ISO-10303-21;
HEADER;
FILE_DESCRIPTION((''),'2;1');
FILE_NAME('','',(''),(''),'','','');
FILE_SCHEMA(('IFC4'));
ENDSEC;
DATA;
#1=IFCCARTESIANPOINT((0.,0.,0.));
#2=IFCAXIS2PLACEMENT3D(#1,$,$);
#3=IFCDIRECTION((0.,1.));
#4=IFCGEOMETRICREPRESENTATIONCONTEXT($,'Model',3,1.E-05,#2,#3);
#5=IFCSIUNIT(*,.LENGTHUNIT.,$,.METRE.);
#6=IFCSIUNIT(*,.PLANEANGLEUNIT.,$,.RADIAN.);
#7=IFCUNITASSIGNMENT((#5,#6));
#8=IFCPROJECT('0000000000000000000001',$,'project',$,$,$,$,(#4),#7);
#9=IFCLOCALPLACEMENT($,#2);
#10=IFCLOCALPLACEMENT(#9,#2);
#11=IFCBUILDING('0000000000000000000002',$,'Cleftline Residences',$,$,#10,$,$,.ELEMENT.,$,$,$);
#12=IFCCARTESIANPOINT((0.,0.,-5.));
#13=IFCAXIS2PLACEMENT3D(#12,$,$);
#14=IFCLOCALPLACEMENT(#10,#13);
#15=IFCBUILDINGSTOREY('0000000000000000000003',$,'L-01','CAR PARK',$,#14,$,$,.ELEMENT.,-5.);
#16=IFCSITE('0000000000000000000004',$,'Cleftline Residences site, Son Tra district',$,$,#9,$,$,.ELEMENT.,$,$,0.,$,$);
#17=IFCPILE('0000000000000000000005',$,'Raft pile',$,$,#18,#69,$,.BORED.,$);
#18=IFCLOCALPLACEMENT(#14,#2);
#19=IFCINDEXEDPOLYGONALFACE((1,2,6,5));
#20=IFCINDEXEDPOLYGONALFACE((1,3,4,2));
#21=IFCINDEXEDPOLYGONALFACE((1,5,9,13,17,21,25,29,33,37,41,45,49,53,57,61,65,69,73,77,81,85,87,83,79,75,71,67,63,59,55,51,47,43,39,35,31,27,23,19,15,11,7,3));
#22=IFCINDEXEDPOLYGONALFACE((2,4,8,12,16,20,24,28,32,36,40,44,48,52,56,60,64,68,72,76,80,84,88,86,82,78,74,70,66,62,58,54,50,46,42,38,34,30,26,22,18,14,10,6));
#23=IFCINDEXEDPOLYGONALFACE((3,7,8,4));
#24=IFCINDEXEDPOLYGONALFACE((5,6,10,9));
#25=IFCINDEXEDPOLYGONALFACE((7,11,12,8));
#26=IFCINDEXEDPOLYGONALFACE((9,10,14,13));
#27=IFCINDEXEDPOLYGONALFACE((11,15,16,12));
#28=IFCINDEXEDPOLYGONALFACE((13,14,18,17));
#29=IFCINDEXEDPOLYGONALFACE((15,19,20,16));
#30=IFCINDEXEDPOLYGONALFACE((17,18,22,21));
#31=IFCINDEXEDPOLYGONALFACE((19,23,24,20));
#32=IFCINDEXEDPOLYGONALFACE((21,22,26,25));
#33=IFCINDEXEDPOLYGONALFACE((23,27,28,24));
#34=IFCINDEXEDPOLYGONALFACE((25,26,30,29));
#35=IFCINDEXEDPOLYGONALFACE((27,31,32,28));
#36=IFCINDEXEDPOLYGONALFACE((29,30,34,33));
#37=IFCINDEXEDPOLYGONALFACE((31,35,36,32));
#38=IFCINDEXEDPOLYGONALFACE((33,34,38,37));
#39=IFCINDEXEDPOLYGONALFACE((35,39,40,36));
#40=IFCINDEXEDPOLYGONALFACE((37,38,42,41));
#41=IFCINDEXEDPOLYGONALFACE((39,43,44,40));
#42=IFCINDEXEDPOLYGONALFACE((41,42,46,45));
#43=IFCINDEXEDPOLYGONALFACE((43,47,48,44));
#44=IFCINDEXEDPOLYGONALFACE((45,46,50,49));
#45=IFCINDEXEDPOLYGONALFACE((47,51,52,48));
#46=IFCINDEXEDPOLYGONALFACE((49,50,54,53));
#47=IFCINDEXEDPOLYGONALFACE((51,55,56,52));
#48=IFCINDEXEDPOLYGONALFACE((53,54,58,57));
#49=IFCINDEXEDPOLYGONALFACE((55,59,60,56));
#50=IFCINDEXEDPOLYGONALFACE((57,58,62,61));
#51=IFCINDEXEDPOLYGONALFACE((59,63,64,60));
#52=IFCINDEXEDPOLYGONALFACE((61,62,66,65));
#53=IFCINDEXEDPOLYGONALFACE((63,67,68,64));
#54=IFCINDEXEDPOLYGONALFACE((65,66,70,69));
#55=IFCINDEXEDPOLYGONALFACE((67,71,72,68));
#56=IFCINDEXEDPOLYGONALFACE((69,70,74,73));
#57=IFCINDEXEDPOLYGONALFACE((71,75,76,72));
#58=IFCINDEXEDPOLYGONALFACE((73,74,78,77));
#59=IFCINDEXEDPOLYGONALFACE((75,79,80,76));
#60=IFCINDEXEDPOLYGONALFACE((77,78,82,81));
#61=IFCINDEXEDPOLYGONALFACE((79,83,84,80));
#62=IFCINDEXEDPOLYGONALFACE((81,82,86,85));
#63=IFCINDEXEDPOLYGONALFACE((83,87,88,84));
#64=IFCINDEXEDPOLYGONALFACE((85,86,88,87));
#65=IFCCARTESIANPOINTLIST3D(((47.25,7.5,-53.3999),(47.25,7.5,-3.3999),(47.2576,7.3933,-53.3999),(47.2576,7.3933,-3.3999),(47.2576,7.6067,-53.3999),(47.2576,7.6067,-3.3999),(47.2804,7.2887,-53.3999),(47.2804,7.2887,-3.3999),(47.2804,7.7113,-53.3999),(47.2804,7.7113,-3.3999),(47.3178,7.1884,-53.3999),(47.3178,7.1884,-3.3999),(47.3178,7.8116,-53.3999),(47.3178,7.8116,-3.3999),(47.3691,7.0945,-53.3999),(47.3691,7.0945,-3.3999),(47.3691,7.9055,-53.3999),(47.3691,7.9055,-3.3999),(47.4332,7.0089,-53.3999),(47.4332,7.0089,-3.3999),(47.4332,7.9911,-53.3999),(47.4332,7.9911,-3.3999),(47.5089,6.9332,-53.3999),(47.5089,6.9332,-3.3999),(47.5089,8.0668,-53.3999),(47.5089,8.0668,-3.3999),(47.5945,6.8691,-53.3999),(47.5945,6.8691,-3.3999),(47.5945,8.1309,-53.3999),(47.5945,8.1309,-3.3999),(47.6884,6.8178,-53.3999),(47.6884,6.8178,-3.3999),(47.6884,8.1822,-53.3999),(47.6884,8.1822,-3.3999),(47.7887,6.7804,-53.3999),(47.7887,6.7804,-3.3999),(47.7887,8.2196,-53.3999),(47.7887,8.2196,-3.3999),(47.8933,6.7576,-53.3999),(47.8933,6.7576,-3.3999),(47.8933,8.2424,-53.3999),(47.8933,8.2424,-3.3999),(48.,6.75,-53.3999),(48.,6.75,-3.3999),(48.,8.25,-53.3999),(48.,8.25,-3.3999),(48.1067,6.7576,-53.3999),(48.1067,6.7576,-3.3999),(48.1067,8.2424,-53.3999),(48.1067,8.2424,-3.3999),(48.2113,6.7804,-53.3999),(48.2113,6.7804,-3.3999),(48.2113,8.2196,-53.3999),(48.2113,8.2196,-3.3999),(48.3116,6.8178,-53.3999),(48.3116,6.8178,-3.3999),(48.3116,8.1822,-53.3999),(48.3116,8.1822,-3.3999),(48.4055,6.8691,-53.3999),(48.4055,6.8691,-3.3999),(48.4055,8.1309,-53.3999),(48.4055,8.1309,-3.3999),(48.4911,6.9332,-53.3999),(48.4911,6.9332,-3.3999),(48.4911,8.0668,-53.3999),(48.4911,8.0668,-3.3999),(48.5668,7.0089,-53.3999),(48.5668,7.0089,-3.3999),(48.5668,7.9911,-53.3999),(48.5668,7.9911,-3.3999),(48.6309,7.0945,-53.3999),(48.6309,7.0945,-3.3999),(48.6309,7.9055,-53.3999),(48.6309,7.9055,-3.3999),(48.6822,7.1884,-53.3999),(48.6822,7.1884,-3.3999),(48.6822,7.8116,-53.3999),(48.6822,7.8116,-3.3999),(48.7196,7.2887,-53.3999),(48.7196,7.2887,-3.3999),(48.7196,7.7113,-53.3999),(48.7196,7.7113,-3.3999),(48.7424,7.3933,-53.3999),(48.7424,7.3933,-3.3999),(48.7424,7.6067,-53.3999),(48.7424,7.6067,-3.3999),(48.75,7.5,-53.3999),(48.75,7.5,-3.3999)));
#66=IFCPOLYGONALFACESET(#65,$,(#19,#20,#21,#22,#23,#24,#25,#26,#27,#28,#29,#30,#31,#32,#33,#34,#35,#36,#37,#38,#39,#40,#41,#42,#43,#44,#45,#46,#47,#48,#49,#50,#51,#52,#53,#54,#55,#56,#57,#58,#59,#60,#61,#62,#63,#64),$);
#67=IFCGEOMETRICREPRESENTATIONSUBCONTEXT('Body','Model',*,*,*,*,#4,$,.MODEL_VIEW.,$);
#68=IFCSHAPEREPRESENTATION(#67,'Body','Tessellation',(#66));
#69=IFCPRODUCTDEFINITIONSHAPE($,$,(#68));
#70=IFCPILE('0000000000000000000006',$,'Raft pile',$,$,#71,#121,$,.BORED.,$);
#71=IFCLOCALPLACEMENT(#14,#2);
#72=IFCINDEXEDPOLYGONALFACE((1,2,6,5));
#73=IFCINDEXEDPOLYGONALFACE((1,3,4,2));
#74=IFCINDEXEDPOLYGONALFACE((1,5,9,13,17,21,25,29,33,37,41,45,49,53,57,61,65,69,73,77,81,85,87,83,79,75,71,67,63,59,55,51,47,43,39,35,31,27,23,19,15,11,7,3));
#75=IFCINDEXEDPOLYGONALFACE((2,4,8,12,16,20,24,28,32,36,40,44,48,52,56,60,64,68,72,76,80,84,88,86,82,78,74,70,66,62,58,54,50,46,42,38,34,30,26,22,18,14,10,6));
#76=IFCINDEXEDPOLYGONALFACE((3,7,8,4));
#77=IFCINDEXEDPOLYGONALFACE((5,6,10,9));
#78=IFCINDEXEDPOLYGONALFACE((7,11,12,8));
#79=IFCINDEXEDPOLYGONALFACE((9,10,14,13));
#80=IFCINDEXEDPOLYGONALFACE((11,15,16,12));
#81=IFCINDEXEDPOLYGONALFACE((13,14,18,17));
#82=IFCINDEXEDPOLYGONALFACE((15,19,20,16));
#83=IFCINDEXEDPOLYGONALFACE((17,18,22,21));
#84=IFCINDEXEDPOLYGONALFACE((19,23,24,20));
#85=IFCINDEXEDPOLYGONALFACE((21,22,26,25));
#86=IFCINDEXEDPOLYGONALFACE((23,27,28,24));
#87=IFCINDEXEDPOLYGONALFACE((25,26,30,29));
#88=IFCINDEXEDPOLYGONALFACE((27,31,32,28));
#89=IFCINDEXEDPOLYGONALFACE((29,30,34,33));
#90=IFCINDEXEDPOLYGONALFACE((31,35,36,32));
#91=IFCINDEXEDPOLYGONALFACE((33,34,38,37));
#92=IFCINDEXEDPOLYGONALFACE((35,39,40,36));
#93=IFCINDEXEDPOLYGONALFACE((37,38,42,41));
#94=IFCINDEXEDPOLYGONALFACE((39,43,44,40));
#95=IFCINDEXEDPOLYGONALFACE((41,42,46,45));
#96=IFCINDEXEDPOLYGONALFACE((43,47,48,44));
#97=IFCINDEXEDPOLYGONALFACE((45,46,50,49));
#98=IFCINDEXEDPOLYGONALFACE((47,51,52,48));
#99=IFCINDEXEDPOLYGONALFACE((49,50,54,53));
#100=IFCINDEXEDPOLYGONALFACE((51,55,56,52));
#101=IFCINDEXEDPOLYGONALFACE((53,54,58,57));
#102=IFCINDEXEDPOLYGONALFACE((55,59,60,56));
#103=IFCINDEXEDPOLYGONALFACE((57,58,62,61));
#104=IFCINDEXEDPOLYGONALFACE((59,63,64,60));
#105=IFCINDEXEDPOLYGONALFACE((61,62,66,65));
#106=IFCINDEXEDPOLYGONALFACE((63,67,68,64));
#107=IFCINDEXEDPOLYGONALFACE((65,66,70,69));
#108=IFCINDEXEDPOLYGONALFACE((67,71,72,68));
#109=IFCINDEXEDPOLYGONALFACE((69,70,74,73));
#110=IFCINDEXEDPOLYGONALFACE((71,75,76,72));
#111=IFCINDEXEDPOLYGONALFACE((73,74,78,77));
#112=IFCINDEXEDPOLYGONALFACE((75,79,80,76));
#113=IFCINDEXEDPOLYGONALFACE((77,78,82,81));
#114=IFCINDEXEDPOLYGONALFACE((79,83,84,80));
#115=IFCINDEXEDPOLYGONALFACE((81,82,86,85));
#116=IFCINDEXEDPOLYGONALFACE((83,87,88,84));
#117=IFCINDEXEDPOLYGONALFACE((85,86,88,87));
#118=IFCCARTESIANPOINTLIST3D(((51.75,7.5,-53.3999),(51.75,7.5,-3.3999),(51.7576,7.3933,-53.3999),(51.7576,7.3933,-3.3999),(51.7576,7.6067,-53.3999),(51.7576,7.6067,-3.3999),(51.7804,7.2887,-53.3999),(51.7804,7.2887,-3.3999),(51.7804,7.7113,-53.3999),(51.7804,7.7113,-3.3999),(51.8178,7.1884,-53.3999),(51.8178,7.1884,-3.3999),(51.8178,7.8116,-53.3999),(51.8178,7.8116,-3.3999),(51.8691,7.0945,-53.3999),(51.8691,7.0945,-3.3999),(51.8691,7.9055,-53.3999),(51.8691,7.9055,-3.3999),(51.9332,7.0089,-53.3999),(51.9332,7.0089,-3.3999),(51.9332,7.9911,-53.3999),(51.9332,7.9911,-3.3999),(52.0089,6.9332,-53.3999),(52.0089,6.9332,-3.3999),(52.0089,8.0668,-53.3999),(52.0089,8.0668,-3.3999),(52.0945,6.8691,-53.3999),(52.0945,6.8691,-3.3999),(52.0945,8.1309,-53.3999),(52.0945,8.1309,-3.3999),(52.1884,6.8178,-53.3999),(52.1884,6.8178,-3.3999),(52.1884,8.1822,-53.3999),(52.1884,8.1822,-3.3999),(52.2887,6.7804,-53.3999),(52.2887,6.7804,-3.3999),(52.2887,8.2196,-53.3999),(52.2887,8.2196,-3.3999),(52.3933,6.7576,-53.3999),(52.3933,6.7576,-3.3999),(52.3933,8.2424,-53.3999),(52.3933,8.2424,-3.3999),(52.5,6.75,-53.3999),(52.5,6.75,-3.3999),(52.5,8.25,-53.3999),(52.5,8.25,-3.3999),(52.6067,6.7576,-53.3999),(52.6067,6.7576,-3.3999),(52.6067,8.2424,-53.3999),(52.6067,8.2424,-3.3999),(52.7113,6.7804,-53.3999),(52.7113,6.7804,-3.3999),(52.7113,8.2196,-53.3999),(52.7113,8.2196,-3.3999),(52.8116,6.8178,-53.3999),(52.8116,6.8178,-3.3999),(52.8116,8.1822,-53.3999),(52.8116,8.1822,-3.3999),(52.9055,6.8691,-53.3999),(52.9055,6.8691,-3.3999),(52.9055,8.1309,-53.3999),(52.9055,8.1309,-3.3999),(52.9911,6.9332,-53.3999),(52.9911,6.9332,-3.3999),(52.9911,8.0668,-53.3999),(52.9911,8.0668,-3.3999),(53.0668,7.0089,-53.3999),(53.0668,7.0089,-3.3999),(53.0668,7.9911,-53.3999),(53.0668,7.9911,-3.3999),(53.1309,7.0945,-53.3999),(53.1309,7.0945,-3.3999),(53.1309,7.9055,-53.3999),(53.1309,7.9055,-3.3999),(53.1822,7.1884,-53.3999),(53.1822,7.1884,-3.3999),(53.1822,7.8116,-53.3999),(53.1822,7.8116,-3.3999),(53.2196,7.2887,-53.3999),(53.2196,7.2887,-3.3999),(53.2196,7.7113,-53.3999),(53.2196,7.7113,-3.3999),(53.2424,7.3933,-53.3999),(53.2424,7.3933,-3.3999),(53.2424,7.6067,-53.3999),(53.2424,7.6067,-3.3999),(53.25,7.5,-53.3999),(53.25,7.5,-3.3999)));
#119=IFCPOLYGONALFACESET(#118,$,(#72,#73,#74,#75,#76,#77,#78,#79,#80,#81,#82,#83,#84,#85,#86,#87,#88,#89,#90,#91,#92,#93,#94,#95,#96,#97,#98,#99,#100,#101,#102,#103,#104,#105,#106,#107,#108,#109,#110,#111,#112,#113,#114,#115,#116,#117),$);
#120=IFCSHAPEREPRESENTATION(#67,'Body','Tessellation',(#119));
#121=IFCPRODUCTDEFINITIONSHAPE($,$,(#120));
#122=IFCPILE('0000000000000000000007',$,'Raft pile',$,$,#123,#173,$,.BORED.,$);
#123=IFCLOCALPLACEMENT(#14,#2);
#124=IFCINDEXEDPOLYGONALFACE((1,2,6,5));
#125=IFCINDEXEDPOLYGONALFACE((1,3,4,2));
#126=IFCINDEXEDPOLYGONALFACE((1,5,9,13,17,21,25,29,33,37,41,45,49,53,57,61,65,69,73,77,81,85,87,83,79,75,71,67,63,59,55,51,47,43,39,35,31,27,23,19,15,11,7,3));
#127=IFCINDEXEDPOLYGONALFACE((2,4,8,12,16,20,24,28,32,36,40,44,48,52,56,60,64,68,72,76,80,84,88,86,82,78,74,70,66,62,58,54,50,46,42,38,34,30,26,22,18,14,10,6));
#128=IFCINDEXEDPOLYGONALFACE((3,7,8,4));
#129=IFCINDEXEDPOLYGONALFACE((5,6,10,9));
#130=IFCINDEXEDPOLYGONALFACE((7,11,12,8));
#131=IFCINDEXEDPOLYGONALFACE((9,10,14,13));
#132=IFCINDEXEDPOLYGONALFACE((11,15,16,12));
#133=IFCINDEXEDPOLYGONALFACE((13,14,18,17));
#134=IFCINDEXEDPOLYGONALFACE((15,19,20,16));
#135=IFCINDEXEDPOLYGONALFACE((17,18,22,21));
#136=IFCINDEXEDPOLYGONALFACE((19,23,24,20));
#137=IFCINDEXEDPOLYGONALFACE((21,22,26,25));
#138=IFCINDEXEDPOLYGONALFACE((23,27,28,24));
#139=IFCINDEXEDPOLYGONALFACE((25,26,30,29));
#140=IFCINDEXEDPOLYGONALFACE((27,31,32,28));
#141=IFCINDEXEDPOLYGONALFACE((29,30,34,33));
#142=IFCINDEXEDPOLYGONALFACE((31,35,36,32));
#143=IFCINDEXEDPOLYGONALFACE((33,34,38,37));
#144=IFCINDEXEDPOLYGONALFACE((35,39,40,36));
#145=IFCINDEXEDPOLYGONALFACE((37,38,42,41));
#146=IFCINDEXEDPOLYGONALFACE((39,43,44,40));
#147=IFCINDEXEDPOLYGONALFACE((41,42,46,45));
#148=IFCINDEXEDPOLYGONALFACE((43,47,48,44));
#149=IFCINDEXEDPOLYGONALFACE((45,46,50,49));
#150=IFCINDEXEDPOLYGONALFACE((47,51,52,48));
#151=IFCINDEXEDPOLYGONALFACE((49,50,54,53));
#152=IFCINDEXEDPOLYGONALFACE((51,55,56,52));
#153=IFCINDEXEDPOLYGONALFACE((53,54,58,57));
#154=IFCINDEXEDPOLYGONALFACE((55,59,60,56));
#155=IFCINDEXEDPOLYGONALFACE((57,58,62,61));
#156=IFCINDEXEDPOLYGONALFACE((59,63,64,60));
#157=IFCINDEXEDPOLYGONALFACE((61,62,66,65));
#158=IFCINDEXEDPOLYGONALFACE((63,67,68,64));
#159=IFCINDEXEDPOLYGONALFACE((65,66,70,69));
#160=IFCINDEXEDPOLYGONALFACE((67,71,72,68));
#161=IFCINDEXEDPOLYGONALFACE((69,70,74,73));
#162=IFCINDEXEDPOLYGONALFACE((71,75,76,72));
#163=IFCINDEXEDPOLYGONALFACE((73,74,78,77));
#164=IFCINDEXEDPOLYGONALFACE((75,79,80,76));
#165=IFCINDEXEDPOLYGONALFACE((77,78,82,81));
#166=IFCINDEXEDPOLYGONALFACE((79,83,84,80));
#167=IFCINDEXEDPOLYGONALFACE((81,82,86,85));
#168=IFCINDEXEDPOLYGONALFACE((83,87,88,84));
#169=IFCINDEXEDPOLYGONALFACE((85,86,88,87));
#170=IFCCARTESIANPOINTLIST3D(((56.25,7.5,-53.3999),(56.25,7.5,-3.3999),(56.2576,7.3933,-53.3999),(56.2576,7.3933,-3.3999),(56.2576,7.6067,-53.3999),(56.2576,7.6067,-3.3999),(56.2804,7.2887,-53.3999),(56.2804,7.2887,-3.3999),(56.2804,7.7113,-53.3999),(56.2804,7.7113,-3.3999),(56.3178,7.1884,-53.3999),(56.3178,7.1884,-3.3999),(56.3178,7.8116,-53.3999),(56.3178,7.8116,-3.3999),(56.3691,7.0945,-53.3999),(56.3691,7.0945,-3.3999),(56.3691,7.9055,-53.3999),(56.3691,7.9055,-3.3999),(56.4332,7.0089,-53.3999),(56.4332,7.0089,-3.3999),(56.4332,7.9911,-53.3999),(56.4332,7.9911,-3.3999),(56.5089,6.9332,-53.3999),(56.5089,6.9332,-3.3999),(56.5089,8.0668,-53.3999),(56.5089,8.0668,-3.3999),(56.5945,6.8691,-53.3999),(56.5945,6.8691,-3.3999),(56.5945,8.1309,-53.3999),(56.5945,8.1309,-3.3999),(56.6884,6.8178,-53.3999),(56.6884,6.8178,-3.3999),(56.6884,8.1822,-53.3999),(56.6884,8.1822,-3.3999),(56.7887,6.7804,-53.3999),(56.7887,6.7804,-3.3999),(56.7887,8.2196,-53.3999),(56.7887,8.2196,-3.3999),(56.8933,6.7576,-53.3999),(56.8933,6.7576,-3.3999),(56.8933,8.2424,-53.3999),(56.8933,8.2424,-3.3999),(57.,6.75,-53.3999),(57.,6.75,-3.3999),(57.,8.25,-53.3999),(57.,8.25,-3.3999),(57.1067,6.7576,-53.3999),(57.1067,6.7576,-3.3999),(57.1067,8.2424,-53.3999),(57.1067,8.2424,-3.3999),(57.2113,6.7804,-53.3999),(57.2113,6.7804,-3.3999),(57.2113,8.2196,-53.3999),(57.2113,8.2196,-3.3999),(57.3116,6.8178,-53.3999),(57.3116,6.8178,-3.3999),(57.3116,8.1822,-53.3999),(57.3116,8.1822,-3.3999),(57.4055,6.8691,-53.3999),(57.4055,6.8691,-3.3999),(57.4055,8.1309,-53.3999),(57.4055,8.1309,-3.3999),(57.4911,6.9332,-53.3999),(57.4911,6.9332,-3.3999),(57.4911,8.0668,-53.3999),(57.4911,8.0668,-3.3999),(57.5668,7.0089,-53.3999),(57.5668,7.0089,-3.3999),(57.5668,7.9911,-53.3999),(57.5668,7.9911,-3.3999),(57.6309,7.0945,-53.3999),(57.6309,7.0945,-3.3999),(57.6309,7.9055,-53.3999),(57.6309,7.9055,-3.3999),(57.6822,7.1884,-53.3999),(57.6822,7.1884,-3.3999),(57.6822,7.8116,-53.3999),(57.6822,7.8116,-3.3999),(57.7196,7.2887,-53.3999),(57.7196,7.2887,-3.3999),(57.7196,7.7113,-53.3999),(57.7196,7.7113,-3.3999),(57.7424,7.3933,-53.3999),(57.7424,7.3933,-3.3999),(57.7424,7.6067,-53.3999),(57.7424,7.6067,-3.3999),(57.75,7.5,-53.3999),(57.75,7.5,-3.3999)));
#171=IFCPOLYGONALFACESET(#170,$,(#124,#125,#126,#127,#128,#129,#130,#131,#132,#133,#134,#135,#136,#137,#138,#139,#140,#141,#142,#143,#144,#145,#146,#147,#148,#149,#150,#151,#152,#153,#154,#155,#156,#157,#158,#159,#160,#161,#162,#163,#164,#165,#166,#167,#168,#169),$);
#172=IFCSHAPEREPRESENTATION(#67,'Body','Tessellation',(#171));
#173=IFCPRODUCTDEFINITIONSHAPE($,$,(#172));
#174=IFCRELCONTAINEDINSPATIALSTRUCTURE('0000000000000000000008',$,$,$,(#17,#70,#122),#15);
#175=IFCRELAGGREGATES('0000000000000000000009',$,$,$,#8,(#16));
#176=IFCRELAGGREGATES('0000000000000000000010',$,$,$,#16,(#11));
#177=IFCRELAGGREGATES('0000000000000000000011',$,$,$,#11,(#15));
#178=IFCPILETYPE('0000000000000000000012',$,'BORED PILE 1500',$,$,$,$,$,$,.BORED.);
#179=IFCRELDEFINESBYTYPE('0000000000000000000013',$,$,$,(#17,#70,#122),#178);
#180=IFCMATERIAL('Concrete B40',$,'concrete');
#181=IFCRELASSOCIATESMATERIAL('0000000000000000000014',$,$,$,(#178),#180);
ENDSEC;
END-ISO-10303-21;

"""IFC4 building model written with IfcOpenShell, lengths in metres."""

from ifc_helpers import new_model, si_unit, direction, frame, origin, origin_2d, place, context, subcontext, project, spatial, circle, extrude, material, material_profile, profile_set, type_object, element, save


model = new_model("IFC4")

# Units and contexts
model_context = context("Model", 3, precision=1e-05, world=origin(), true_north=direction((0.0, 1.0)))
body_context = subcontext(model_context, "Body", "Model", "MODEL_VIEW")
ifc_project = project(units=[si_unit("LENGTHUNIT", "METRE"), si_unit("PLANEANGLEUNIT", "RADIAN")], contexts=[model_context])

# Site, building, storey
site_placement = place(None, origin())
site = spatial("IfcSite", under=ifc_project, at=site_placement, Name="Cleftline Residences site, Son Tra district", CompositionType="ELEMENT", RefElevation=0.0)
building_placement = place(site_placement, origin())
building = spatial("IfcBuilding", under=site, at=building_placement, Name="Cleftline Residences", CompositionType="ELEMENT")
storey_placement = place(building_placement, frame((0.0, 0.0, -5.0)))
storey = spatial("IfcBuildingStorey", under=building, at=storey_placement, Name="L-01", Description="CAR PARK", CompositionType="ELEMENT", Elevation=-5.0)

# Piles
ifc_material_1 = material(Name="Concrete B40", Category="concrete")
ifc_material_profile_1 = material_profile(ifc_material_1, circle(Radius=0.75, at=origin_2d()))
ifc_profile_set_1 = profile_set([ifc_material_profile_1], Name="Concrete B40")
pile_type = type_object("IfcPileType", Name="BORED PILE 1500", PredefinedType="BORED", material=ifc_profile_set_1)
for number, where, z_axis, x_axis, name in (
    (1, (48.0, 7.5, -3.3999), (0.0, 0.0, -1.0), (1.0, 0.0, 0.0), "Raft pile"),
    (2, (52.5, 7.5, -3.3999), (0.0, 0.0, -1.0), (1.0, 0.0, 0.0), "Raft pile"),
    (3, (57.0, 7.5, -3.3999), (0.0, 0.0, -1.0), (1.0, 0.0, 0.0), "Raft pile"),
):
    element("IfcPile", number, at=place(storey_placement, frame(where, z_axis=z_axis, x_axis=x_axis)), inside=storey, type_object=pile_type, Name=name, PredefinedType="BORED", context=body_context, shape_type="SweptSolid", body=[
        extrude(circle(Radius=0.75, at=origin_2d()), origin(), (0.0, 0.0, 1.0), 50.0),
    ])

save(model, "model.ifc")
